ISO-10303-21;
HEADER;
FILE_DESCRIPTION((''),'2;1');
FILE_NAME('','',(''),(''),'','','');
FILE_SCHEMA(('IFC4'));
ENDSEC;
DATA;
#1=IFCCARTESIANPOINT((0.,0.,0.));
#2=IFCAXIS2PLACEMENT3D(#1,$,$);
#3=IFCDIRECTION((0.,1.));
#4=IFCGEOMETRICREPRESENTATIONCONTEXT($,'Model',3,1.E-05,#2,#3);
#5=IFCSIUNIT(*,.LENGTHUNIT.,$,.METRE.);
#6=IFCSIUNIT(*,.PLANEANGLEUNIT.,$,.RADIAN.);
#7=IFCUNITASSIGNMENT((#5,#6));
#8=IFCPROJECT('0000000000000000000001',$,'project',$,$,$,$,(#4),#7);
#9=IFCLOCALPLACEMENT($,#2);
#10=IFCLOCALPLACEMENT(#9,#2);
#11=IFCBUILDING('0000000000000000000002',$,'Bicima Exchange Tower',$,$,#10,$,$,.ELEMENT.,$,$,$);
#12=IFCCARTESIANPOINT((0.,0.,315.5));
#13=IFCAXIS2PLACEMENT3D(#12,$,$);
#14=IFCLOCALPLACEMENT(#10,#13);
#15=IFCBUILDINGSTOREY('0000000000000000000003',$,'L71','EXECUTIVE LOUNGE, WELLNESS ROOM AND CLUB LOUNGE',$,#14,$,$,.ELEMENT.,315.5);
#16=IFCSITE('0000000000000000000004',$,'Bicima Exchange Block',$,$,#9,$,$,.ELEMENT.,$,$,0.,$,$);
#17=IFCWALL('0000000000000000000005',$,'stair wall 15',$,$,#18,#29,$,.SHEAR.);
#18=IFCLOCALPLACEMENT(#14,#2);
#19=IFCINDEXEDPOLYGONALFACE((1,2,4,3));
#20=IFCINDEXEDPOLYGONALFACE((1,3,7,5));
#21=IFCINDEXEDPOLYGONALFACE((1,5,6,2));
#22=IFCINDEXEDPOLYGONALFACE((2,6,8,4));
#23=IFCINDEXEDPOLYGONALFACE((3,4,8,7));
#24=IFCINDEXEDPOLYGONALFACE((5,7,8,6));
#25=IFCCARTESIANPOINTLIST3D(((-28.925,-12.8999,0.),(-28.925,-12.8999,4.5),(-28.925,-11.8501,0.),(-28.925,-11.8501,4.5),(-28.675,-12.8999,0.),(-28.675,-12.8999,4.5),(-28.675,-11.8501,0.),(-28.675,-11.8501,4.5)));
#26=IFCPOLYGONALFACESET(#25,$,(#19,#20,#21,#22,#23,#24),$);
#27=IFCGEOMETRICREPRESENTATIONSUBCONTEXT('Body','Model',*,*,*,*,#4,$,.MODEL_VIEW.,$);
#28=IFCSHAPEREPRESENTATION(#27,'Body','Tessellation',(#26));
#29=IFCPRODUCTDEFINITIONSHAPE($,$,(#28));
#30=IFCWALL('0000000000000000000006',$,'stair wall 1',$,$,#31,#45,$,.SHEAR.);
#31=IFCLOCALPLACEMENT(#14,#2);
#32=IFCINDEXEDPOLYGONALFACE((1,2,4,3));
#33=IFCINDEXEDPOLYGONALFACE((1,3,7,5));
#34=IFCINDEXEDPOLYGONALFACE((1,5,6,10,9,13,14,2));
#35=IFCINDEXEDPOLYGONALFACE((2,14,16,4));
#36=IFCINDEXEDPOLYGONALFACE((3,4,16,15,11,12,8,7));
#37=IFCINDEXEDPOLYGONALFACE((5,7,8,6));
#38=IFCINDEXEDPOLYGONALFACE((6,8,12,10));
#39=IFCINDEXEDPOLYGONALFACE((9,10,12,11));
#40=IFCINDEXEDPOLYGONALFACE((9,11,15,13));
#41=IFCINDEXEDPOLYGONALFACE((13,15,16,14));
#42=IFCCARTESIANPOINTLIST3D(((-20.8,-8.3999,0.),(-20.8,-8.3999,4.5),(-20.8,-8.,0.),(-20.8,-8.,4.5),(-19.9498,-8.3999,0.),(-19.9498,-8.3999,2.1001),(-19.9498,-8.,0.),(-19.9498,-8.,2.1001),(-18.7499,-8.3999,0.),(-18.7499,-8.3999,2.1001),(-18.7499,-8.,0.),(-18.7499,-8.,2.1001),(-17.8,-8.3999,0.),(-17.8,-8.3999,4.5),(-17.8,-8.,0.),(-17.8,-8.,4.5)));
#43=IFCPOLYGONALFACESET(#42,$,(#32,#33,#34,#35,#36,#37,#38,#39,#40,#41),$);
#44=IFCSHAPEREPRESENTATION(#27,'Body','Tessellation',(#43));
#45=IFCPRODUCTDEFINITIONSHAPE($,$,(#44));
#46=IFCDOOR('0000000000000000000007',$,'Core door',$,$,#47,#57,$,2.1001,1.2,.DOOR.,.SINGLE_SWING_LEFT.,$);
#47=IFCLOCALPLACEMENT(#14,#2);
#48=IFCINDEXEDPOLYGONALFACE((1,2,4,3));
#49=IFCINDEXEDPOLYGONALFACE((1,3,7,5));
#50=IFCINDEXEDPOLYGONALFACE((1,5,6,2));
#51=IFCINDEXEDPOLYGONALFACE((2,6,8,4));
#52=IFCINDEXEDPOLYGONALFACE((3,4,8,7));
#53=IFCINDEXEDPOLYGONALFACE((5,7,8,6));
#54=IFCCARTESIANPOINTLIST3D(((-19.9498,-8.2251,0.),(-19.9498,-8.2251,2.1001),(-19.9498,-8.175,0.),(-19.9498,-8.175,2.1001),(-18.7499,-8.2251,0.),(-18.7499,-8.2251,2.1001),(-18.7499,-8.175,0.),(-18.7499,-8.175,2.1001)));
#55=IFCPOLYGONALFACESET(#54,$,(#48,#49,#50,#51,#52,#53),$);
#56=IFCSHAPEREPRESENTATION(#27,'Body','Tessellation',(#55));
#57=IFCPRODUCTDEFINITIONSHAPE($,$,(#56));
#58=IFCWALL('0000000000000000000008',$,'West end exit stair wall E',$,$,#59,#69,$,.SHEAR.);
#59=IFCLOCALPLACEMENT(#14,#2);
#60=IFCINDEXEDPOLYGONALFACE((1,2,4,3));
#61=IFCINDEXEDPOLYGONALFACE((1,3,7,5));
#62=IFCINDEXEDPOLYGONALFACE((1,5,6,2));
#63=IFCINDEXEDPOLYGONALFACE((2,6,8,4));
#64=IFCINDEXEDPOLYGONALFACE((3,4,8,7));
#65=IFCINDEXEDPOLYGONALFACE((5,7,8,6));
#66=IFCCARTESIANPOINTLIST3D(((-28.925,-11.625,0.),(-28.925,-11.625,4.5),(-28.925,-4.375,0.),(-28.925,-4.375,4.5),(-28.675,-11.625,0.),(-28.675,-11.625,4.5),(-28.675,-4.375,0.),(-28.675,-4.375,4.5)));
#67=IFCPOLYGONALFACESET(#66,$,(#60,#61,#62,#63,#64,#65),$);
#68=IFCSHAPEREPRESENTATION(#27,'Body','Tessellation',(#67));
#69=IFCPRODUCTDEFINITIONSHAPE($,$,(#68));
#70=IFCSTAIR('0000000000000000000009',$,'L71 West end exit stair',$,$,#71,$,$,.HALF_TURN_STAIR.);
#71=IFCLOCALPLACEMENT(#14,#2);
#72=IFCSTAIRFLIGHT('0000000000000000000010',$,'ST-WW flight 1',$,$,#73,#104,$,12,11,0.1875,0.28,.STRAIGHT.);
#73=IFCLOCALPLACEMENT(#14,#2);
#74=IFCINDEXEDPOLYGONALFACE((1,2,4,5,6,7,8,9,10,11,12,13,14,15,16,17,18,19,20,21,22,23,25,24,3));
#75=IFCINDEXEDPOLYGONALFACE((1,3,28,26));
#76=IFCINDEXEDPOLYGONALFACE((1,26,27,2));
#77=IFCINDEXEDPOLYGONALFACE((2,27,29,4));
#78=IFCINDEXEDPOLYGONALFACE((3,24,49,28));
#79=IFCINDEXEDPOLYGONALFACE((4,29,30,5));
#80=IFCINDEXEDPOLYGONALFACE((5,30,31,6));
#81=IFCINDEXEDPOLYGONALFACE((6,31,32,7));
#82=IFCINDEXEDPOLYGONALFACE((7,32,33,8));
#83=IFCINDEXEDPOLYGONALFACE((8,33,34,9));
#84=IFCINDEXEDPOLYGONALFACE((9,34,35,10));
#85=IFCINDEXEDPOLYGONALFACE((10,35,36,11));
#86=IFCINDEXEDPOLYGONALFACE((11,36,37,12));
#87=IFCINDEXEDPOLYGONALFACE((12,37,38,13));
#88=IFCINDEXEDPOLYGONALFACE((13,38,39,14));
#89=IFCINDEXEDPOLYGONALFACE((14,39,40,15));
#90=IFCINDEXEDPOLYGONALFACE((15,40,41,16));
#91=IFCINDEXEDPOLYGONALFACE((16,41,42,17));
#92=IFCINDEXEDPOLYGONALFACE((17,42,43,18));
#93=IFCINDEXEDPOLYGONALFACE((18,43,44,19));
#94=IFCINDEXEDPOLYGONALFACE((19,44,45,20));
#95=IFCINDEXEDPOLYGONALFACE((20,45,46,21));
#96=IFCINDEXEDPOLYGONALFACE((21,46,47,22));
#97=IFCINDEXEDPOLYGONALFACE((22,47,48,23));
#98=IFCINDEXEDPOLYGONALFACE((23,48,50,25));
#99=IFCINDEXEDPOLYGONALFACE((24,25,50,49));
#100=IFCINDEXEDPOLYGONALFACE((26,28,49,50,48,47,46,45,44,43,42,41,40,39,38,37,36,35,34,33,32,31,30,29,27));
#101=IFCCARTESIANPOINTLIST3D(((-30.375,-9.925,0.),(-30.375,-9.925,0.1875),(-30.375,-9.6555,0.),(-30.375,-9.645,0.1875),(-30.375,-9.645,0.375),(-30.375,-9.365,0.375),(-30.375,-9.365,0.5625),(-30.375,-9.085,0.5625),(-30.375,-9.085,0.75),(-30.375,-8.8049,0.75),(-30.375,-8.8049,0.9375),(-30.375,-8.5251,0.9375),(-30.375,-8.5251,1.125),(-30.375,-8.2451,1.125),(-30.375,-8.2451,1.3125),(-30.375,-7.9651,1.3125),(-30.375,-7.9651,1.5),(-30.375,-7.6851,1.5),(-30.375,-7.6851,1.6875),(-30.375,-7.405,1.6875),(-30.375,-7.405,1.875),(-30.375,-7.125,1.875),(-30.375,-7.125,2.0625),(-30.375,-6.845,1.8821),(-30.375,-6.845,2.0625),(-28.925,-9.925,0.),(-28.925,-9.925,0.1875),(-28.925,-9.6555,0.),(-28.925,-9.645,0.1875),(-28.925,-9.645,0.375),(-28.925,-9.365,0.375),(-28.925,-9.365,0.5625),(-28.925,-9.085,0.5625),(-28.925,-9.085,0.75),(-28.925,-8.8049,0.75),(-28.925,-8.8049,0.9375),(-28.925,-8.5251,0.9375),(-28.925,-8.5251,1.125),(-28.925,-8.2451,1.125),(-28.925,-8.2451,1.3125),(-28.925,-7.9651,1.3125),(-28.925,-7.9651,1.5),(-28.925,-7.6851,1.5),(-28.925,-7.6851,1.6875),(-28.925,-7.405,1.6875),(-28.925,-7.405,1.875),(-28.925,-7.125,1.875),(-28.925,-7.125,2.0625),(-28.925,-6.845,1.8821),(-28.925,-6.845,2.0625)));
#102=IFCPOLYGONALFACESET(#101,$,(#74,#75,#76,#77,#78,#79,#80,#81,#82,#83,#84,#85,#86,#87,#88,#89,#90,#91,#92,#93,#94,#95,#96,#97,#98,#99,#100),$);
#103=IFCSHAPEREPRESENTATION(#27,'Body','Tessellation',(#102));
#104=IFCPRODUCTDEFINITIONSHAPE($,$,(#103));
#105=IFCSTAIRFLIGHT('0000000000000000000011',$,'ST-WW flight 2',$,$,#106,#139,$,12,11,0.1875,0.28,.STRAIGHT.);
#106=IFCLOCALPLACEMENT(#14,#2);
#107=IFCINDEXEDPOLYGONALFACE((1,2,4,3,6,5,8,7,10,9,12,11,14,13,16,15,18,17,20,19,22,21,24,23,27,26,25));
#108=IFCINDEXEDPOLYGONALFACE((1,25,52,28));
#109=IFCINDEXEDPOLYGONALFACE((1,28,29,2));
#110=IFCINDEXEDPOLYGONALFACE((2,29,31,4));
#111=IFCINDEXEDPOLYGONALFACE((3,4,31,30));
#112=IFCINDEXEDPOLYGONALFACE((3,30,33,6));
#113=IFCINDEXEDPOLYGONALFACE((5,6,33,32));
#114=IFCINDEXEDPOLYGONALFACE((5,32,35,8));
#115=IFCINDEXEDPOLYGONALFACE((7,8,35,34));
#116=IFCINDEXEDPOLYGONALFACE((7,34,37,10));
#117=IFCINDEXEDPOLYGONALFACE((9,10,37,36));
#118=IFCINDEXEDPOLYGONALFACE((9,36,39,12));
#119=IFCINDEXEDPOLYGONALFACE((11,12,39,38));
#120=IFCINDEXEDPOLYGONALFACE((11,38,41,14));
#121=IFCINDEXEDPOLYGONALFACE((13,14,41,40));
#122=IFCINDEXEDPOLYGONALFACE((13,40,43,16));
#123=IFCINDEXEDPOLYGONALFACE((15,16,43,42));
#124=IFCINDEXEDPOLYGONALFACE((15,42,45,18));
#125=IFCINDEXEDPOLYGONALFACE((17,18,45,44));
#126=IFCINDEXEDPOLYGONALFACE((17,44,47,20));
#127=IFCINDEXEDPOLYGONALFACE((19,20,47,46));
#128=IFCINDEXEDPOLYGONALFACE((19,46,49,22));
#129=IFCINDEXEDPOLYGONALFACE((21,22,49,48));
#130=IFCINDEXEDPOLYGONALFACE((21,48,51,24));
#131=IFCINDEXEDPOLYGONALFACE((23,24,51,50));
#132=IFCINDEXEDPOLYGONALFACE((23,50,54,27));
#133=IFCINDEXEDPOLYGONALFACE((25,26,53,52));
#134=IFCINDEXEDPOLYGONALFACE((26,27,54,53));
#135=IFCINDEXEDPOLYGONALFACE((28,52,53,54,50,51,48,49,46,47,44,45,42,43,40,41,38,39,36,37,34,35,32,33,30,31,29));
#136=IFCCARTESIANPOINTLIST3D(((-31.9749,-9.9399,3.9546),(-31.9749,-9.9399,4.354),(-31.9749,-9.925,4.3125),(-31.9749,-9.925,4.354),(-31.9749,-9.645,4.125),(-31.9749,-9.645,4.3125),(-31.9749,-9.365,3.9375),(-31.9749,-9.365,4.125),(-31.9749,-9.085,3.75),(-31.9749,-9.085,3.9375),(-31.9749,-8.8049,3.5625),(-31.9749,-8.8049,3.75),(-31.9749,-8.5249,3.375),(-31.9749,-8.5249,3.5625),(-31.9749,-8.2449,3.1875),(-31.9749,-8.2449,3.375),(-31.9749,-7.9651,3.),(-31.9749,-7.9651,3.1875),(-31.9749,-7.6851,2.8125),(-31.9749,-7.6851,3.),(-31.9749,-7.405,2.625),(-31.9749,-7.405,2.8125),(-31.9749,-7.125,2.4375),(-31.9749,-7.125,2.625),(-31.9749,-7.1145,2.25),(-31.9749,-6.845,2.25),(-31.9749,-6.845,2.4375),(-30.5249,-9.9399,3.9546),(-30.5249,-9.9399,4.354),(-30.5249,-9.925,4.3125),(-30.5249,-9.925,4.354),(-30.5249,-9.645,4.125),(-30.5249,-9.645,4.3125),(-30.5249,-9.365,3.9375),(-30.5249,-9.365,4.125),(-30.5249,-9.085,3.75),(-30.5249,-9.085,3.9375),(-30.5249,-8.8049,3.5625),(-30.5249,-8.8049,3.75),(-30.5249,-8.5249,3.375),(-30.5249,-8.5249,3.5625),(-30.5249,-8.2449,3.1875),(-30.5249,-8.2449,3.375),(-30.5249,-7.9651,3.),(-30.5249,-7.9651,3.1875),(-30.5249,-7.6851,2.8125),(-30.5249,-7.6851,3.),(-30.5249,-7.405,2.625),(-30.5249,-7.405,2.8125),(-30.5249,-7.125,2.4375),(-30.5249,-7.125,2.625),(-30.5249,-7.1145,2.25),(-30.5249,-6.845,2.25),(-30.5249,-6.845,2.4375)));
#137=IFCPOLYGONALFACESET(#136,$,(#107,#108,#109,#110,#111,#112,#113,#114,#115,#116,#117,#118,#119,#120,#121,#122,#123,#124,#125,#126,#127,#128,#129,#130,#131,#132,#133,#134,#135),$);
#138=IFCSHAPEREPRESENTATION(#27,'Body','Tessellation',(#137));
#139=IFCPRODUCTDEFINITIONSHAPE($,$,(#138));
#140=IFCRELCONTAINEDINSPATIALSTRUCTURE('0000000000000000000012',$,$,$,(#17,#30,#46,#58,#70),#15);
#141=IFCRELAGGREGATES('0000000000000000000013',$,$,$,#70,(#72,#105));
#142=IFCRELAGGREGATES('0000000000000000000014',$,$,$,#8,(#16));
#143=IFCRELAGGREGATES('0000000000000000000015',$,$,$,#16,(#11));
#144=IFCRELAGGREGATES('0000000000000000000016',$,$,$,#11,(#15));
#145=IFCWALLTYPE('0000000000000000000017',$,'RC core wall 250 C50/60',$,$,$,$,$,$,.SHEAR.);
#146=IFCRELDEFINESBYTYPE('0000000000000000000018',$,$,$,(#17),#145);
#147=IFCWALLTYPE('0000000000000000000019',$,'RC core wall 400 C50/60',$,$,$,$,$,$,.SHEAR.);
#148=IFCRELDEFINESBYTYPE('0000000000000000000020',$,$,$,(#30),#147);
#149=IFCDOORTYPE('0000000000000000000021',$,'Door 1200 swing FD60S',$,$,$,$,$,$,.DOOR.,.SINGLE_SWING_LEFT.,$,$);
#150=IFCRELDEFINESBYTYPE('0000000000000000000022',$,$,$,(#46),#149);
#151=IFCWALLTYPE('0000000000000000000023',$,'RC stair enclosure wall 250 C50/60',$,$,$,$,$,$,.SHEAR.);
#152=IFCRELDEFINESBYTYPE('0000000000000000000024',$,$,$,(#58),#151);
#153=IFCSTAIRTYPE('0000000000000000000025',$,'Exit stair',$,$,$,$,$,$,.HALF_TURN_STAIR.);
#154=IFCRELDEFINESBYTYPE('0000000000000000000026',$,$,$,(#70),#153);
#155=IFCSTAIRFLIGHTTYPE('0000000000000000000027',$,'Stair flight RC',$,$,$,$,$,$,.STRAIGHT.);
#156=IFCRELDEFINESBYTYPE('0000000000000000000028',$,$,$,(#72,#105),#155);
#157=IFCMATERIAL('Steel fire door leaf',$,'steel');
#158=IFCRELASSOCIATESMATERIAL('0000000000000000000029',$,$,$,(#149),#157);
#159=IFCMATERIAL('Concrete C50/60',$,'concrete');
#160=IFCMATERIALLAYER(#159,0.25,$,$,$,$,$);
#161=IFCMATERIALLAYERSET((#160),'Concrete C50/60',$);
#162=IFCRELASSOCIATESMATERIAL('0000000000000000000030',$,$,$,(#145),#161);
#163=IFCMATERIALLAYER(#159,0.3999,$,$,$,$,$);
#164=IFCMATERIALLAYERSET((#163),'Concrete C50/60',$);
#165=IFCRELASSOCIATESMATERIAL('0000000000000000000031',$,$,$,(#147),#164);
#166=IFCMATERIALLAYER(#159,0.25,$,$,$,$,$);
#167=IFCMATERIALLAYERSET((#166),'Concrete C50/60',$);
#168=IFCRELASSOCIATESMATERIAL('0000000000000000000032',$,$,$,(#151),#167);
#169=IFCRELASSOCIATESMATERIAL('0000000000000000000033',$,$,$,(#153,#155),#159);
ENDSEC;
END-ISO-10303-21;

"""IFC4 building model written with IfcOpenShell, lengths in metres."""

from ifc_helpers import new_model, si_unit, direction, frame, frame_2d, origin, place, context, subcontext, project, spatial, polyline, rectangle, outline, extrude, material, layer, layer_set, type_object, element, fill, aggregate, save


model = new_model("IFC4")

# Units and contexts
model_context = context("Model", 3, precision=1e-05, world=origin(), true_north=direction((0.0, 1.0)))
body_context = subcontext(model_context, "Body", "Model", "MODEL_VIEW")
ifc_project = project(units=[si_unit("LENGTHUNIT", "METRE"), si_unit("PLANEANGLEUNIT", "RADIAN")], contexts=[model_context])

# Site, building, storey
site_placement = place(None, origin())
site = spatial("IfcSite", under=ifc_project, at=site_placement, Name="Bicima Exchange Block", CompositionType="ELEMENT", RefElevation=0.0)
building_placement = place(site_placement, origin())
building = spatial("IfcBuilding", under=site, at=building_placement, Name="Bicima Exchange Tower", CompositionType="ELEMENT")
storey_placement = place(building_placement, frame((0.0, 0.0, 315.5)))
storey = spatial("IfcBuildingStorey", under=building, at=storey_placement, Name="L71", Description="EXECUTIVE LOUNGE, WELLNESS ROOM AND CLUB LOUNGE", CompositionType="ELEMENT", Elevation=315.5)

# Shared definitions
ifc_material_1 = material(Name="Steel fire door leaf", Category="steel")
door_type_1 = type_object("IfcDoorType", Name="Door 1200 swing FD60S", OperationType="SINGLE_SWING_LEFT", PredefinedType="DOOR", material=ifc_material_1)

# Wall
ifc_material_2 = material(Name="Concrete C50/60", Category="concrete")
ifc_layer_1 = layer(ifc_material_2, 0.25)
ifc_layer_set_1 = layer_set([ifc_layer_1], Name="Concrete C50/60")
wall_type_1 = type_object("IfcWallType", Name="RC core wall 250 C50/60", PredefinedType="SHEAR", material=ifc_layer_set_1)
wall_1_placement = place(storey_placement, frame((-28.8, -12.8999, 0.0), z_axis=(0.0, 0.0, 1.0), x_axis=(0.0, 1.0, 0.0)))
element("IfcWall", 1, at=wall_1_placement, inside=storey, type_object=wall_type_1, Name="stair wall 15", PredefinedType="SHEAR", context=body_context, shape_type="SweptSolid", body=[
    extrude(rectangle(XDim=1.0498, YDim=0.25, at=frame_2d((0.5249, 0.0))), origin(), (0.0, 0.0, 1.0), 4.5),
])

# Wall, opening, door
ifc_layer_2 = layer(ifc_material_2, 0.3999)
ifc_layer_set_2 = layer_set([ifc_layer_2], Name="Concrete C50/60")
wall_type_2 = type_object("IfcWallType", Name="RC core wall 400 C50/60", PredefinedType="SHEAR", material=ifc_layer_set_2)
wall_2_placement = place(storey_placement, frame((-20.8, -8.2, 0.0), z_axis=(0.0, 0.0, 1.0), x_axis=(1.0, 0.0, 0.0)))
wall_2 = element("IfcWall", 2, at=wall_2_placement, inside=storey, type_object=wall_type_2, Name="stair wall 1", PredefinedType="SHEAR", context=body_context, shape_type="SweptSolid", body=[
    extrude(rectangle(XDim=3.0, YDim=0.3999, at=frame_2d((1.5, 0.0))), origin(), (0.0, 0.0, 1.0), 4.5),
])
opening_1_placement = place(wall_2_placement, frame((0.8501, 0.0, 0.0)))
opening_1 = element("IfcOpeningElement", 3, at=opening_1_placement, cuts=wall_2, PredefinedType="OPENING", context=body_context, shape_type="SweptSolid", body=[
    extrude(rectangle(XDim=1.2, YDim=2.1001, at=frame_2d((0.6001, 1.05))), frame((0.0, 0.2119, 0.0), z_axis=(0.0, -1.0, 0.0), x_axis=(1.0, 0.0, 0.0)), (0.0, 0.0, 1.0), 0.4238),
])
door_1_placement = place(opening_1_placement, origin())
door_1 = element("IfcDoor", 4, at=door_1_placement, inside=storey, type_object=door_type_1, Name="Core door", OperationType="SINGLE_SWING_LEFT", OverallHeight=2.1001, OverallWidth=1.2, PredefinedType="DOOR", context=body_context, shape_type="SweptSolid", body=[
    extrude(rectangle(XDim=1.2, YDim=2.1001, at=frame_2d((0.6001, 1.05))), frame((0.0, 0.0249, 0.0), z_axis=(0.0, -1.0, 0.0), x_axis=(1.0, 0.0, 0.0)), (0.0, 0.0, 1.0), 0.05),
])
fill(opening_1, door_1)

# Wall
ifc_layer_3 = layer(ifc_material_2, 0.25)
ifc_layer_set_3 = layer_set([ifc_layer_3], Name="Concrete C50/60")
wall_type_3 = type_object("IfcWallType", Name="RC stair enclosure wall 250 C50/60", PredefinedType="SHEAR", material=ifc_layer_set_3)
wall_3_placement = place(storey_placement, frame((-28.8, -11.625, 0.0), z_axis=(0.0, 0.0, 1.0), x_axis=(0.0, 1.0, 0.0)))
element("IfcWall", 5, at=wall_3_placement, inside=storey, type_object=wall_type_3, Name="West end exit stair wall E", PredefinedType="SHEAR", context=body_context, shape_type="SweptSolid", body=[
    extrude(rectangle(XDim=7.25, YDim=0.25, at=frame_2d((3.625, 0.0))), origin(), (0.0, 0.0, 1.0), 4.5),
])

# Stair, stair flights
stair_type = type_object("IfcStairType", Name="Exit stair", PredefinedType="HALF_TURN_STAIR", material=ifc_material_2)
stair_placement = place(storey_placement, origin())
stair = element("IfcStair", 6, at=stair_placement, inside=storey, type_object=stair_type, Name="L71 West end exit stair", PredefinedType="HALF_TURN_STAIR")
stair_flight_type = type_object("IfcStairFlightType", Name="Stair flight RC", PredefinedType="STRAIGHT", material=ifc_material_2)
stair_flight_1_placement = place(storey_placement, frame((-29.6499, -9.925, 0.0), z_axis=(0.0, 0.0, 1.0), x_axis=(0.0, 1.0, 0.0)))
stair_flight_1 = element("IfcStairFlight", 7, at=stair_flight_1_placement, type_object=stair_flight_type, Name="ST-WW flight 1", NumberOfRisers=12, NumberOfTreads=11, PredefinedType="STRAIGHT", RiserHeight=0.1875, TreadLength=0.28, context=body_context, shape_type="SweptSolid", body=[
    extrude(outline(polyline([(0.0, 0.0), (0.0, 0.1875), (0.28, 0.1875), (0.28, 0.375), (0.5601, 0.375), (0.5601, 0.5625), (0.8401, 0.5625), (0.8401, 0.75), (1.1201, 0.75), (1.1201, 0.9375), (1.3999, 0.9375), (1.3999, 1.125), (1.6799, 1.125), (1.6799, 1.3125), (1.96, 1.3125), (1.96, 1.5), (2.24, 1.5), (2.24, 1.6875), (2.52, 1.6875), (2.52, 1.875), (2.8, 1.875), (2.8, 2.0625), (3.0801, 2.0625), (3.0801, 2.25), (3.0801, 1.8821), (0.2695, 0.0), (0.0, 0.0)])), frame((0.0, 0.7251, 0.0), z_axis=(0.0, -1.0, 0.0), x_axis=(1.0, 0.0, 0.0)), (0.0, 0.0, 1.0), 1.45),
])
stair_flight_2_placement = place(storey_placement, frame((-31.25, -6.845, 2.25), z_axis=(0.0, 0.0, 1.0), x_axis=(0.0, -1.0, 0.0)))
stair_flight_2 = element("IfcStairFlight", 8, at=stair_flight_2_placement, type_object=stair_flight_type, Name="ST-WW flight 2", NumberOfRisers=12, NumberOfTreads=11, PredefinedType="STRAIGHT", RiserHeight=0.1875, TreadLength=0.28, context=body_context, shape_type="SweptSolid", body=[
    extrude(outline(polyline([(0.0, 0.0), (0.0, 0.1875), (0.28, 0.1875), (0.28, 0.375), (0.5601, 0.375), (0.5601, 0.5625), (0.8401, 0.5625), (0.8401, 0.75), (1.1201, 0.75), (1.1201, 0.9375), (1.3999, 0.9375), (1.3999, 1.125), (1.6799, 1.125), (1.6799, 1.3125), (1.96, 1.3125), (1.96, 1.5), (2.24, 1.5), (2.24, 1.6875), (2.52, 1.6875), (2.52, 1.875), (2.8, 1.875), (2.8, 2.0625), (3.0801, 2.0625), (3.0801, 2.104), (3.095, 2.104), (3.095, 1.7046), (0.2695, 0.0), (0.0, 0.0)])), frame((0.0, 0.7251, 0.0), z_axis=(0.0, -1.0, 0.0), x_axis=(1.0, 0.0, 0.0)), (0.0, 0.0, 1.0), 1.45),
])
aggregate(stair, [stair_flight_1, stair_flight_2])

save(model, "model.ifc")
